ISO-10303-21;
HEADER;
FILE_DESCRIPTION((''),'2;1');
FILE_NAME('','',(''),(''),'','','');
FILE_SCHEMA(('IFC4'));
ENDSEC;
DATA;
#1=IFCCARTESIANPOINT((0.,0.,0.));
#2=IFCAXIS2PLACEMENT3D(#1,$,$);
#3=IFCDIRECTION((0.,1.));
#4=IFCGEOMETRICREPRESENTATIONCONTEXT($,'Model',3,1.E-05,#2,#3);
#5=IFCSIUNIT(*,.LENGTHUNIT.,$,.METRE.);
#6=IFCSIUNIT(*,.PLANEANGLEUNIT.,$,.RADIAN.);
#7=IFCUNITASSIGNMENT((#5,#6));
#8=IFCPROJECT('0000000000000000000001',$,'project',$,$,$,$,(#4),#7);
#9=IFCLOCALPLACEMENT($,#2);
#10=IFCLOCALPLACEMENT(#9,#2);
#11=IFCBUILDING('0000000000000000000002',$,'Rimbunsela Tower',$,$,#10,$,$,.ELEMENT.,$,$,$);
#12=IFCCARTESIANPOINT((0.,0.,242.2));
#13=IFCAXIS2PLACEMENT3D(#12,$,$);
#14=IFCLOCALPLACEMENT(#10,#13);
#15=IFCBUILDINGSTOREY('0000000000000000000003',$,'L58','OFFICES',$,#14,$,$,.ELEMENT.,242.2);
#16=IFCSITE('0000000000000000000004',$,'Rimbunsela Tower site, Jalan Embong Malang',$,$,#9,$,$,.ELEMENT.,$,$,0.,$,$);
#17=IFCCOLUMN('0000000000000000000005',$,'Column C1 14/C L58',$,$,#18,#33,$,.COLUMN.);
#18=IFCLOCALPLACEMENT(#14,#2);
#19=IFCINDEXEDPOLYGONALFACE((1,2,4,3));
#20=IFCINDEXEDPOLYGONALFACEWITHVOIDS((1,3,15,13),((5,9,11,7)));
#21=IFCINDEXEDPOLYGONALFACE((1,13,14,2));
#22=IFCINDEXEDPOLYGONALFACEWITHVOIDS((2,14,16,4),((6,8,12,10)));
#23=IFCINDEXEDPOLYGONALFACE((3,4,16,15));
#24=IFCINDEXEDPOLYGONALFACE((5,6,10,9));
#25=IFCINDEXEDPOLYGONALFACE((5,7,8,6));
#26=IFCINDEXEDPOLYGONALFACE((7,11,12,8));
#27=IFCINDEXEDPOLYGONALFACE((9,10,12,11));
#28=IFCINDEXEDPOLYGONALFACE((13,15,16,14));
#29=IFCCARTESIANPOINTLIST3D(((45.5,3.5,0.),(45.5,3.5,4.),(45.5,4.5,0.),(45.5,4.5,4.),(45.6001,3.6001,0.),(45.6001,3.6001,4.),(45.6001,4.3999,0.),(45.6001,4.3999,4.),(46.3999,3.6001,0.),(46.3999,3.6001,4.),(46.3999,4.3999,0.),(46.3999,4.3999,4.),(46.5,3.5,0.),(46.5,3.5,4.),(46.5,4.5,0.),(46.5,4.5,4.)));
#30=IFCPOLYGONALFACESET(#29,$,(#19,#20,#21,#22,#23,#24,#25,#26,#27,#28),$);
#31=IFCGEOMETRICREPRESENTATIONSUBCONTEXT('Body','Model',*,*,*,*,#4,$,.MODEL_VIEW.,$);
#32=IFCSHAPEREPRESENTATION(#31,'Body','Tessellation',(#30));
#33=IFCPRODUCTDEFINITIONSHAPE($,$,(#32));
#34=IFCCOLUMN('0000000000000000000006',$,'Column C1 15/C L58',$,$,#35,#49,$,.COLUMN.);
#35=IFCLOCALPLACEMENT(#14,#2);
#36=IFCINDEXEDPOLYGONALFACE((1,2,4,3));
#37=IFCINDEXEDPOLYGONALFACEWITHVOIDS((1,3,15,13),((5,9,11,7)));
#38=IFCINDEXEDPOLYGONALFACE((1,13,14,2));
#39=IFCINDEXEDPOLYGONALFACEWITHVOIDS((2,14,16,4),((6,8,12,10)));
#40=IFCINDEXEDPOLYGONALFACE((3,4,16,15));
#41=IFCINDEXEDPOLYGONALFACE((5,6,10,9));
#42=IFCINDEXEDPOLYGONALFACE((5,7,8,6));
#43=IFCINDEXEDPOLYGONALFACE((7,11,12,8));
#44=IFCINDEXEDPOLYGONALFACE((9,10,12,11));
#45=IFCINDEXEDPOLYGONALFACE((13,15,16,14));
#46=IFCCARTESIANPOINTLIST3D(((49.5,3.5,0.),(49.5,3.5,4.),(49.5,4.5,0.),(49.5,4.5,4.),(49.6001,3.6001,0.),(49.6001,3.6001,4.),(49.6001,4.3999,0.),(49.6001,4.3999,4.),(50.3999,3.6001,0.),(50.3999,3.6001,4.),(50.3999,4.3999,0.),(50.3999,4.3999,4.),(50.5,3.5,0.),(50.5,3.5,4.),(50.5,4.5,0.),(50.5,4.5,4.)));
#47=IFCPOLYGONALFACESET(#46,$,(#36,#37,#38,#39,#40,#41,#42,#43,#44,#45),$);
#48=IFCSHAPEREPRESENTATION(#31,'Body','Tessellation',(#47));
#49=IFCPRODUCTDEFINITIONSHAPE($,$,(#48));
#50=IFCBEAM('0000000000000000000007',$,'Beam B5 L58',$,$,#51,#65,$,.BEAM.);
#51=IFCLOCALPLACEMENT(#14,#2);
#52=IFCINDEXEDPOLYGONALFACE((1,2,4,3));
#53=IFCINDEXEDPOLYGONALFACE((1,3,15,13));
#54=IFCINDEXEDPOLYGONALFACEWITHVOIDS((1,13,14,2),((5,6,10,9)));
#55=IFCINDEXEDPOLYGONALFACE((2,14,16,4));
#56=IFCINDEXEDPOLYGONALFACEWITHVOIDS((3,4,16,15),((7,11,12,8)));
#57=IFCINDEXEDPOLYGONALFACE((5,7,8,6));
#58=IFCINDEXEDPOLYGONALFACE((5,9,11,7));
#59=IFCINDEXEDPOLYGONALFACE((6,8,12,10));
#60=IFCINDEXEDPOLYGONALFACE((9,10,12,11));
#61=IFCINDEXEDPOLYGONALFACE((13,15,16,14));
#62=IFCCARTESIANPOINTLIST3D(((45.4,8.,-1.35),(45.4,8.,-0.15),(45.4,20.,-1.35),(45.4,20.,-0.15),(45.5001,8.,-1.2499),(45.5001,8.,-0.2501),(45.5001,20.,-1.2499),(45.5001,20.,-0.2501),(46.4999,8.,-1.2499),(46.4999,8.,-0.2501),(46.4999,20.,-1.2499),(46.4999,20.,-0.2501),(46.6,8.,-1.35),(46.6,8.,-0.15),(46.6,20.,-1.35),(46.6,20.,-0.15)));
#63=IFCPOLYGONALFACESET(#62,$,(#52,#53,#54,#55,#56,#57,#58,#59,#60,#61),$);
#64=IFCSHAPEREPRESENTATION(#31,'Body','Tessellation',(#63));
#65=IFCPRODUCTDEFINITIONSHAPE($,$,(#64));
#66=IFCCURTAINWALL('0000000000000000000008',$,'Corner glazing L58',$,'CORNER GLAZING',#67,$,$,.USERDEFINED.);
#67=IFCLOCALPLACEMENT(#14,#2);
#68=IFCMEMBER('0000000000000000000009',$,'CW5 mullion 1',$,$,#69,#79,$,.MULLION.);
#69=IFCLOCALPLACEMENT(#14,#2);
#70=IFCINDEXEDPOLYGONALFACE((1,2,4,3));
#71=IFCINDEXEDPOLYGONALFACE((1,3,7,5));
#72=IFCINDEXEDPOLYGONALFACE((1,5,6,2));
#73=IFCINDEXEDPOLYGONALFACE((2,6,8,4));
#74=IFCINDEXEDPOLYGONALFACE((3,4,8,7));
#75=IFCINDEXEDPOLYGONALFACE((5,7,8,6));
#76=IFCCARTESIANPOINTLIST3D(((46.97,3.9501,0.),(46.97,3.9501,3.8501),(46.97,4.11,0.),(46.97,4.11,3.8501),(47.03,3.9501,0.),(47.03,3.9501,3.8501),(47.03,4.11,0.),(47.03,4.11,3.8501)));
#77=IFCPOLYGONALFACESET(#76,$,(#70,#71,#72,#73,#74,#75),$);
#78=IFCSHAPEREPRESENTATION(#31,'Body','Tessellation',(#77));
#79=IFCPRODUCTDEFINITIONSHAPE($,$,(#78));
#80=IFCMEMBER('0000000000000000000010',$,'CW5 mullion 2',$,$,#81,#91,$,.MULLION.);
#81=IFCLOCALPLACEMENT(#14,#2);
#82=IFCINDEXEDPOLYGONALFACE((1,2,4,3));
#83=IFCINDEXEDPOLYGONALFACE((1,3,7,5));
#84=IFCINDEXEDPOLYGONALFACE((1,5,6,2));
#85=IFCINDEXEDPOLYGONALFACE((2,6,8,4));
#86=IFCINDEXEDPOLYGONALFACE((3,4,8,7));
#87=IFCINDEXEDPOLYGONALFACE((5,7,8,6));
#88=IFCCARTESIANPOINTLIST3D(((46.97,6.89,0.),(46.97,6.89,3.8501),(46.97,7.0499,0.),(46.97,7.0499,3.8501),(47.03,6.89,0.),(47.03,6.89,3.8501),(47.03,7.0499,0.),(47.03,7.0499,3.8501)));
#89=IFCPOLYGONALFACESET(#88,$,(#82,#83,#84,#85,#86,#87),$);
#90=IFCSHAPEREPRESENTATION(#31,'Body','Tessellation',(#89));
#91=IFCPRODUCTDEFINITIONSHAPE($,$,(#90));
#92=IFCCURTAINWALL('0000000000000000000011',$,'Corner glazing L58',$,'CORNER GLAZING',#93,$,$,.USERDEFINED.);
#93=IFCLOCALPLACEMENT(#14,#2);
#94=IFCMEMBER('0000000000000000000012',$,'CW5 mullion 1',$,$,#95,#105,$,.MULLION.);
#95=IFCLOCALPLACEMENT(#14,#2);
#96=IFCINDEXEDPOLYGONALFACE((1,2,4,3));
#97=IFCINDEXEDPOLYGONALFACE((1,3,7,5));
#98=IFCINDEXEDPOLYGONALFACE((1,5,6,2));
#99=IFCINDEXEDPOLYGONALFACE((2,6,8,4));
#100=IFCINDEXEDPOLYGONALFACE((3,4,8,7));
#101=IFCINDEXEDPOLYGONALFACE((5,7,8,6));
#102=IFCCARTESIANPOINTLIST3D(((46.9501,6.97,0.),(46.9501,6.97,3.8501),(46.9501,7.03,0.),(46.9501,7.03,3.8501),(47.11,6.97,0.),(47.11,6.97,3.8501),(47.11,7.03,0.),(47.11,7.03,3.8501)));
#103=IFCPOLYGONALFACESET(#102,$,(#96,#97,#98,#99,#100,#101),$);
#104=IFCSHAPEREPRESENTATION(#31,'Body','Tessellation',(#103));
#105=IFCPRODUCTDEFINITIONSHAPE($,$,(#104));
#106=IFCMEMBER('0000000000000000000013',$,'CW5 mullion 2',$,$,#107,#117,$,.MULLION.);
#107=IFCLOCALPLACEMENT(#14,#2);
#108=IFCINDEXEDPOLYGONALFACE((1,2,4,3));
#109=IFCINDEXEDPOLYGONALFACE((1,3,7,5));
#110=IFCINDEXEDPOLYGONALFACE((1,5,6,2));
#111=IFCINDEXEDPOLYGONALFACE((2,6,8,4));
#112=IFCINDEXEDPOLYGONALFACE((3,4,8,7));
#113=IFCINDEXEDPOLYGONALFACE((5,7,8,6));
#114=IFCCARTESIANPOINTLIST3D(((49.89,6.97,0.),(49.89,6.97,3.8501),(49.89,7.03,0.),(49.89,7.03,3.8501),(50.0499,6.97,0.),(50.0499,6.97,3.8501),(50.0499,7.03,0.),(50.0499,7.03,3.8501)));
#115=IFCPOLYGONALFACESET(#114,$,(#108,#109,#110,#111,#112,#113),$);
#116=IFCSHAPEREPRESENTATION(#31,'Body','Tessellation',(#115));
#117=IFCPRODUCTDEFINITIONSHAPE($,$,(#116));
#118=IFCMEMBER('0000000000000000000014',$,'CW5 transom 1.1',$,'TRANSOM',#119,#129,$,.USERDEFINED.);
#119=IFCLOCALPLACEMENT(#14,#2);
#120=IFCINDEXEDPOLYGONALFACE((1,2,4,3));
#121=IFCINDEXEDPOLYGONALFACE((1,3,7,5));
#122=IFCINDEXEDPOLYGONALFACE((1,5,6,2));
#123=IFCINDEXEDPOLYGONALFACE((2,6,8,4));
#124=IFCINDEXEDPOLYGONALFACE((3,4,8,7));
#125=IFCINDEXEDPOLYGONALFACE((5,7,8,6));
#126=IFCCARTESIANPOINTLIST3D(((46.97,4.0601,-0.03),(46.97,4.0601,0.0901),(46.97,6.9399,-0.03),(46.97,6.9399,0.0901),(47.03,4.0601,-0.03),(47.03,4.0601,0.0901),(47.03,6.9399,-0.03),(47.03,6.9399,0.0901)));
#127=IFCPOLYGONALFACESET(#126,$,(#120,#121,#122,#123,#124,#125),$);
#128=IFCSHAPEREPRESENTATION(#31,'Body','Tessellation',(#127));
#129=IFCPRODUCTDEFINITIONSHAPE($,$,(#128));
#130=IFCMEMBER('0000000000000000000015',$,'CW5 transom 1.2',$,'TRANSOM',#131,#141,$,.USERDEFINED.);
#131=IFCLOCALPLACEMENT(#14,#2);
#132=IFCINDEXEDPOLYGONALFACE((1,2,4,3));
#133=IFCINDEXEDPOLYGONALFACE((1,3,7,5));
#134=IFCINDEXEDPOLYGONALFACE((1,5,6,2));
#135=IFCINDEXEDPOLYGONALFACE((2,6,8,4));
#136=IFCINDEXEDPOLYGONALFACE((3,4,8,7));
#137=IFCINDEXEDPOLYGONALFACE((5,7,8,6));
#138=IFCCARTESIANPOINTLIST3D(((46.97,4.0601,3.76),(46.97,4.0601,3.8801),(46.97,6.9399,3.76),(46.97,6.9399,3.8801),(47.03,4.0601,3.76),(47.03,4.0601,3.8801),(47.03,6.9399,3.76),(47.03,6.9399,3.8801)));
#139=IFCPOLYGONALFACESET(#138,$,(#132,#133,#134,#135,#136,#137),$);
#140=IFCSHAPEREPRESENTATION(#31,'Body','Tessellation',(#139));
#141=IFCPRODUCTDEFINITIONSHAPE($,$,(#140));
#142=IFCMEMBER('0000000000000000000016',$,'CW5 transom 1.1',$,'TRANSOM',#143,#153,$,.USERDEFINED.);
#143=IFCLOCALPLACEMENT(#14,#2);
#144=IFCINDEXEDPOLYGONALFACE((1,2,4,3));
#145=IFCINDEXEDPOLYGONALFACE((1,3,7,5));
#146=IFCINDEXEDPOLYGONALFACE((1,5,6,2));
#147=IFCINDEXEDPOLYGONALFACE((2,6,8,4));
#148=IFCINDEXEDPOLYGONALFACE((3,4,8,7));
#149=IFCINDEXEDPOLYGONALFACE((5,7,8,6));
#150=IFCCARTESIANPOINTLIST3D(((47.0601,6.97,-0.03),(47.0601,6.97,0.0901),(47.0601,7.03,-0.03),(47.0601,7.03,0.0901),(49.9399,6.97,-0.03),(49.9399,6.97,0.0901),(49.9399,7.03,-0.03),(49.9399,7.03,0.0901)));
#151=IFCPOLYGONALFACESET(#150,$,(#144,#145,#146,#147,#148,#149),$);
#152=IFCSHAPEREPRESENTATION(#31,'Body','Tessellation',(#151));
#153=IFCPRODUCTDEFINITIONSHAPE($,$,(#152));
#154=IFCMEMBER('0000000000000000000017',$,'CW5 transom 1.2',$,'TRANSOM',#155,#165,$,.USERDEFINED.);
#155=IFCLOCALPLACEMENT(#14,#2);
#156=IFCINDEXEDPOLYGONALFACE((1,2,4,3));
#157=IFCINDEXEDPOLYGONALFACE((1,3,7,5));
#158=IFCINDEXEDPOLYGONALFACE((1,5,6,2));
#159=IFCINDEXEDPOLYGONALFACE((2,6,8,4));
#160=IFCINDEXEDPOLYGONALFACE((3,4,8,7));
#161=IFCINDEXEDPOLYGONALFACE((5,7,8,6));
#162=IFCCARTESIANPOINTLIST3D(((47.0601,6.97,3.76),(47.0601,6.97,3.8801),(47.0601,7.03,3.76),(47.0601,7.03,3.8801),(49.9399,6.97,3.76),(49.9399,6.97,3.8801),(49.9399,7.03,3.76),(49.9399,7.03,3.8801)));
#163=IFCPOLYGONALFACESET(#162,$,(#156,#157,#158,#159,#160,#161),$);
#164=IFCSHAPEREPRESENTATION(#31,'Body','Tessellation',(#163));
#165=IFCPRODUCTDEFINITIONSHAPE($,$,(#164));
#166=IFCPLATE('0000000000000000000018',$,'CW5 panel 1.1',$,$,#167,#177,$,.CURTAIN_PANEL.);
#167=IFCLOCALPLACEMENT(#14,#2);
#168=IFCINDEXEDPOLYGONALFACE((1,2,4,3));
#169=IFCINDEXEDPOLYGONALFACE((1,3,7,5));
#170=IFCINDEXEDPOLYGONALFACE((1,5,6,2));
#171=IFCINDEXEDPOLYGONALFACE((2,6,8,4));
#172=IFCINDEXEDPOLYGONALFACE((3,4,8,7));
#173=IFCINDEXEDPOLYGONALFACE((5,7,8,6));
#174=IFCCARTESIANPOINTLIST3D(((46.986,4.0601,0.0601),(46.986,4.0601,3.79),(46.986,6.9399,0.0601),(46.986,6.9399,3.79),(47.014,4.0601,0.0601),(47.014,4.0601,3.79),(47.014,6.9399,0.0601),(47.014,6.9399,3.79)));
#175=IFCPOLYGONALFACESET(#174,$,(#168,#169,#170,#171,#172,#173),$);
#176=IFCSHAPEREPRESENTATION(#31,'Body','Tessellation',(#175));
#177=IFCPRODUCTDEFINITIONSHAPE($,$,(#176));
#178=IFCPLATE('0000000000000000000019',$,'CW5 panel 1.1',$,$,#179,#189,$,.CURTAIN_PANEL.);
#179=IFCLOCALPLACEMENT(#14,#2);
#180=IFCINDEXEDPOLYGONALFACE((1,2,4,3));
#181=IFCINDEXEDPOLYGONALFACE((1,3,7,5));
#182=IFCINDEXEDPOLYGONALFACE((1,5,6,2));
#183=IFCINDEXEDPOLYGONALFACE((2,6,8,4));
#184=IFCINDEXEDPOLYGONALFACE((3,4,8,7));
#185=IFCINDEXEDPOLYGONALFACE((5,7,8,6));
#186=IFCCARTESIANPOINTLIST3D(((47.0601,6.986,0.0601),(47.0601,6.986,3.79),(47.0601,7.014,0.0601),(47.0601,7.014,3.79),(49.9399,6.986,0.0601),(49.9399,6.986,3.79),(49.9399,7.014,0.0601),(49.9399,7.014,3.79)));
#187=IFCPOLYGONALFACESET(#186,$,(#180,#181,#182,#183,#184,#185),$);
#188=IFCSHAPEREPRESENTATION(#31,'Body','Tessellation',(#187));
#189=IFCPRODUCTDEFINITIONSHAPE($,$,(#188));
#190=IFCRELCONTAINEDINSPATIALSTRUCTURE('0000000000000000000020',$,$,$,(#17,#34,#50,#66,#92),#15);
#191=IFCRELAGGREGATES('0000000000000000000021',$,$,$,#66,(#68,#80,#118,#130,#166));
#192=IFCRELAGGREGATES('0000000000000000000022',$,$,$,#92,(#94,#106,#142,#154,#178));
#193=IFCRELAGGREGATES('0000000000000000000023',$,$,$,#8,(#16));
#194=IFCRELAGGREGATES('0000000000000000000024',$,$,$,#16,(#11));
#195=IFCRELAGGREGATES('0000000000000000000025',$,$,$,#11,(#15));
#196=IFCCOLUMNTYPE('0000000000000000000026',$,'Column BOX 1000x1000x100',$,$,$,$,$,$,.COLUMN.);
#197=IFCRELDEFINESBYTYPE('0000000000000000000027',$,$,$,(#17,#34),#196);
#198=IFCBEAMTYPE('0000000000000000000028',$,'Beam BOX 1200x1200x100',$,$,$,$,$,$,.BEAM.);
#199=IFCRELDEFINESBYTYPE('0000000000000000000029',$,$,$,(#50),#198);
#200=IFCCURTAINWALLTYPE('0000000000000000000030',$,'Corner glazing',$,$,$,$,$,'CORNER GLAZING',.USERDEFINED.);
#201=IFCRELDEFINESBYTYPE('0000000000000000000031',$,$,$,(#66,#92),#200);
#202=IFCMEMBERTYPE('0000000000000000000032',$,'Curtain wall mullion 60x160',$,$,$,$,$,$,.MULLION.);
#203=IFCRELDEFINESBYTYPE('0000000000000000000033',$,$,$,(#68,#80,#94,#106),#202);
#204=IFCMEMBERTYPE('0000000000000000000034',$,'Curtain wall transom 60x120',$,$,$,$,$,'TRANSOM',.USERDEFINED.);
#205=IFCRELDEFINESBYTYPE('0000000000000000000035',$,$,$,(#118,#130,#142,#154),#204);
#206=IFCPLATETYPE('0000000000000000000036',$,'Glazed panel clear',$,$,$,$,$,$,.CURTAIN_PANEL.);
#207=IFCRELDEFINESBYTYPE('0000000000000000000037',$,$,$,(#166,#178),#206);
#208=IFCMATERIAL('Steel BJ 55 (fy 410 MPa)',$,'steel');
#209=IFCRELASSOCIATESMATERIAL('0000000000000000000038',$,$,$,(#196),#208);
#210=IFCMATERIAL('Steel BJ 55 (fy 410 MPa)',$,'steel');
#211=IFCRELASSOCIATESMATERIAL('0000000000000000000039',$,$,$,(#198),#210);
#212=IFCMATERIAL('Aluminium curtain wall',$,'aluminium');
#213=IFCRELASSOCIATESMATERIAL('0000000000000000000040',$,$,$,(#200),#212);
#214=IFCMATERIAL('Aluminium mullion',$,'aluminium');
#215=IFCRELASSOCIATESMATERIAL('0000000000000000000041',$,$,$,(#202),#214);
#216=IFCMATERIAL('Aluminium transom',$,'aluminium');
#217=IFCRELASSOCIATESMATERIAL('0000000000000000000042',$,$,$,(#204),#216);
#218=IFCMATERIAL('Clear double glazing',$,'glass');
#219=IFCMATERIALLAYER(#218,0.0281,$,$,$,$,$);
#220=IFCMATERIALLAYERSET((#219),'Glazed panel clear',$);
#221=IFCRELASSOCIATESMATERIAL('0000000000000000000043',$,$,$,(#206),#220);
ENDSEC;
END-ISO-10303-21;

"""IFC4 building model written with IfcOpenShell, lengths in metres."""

from ifc_helpers import new_model, si_unit, direction, frame, origin, origin_2d, place, context, subcontext, project, spatial, rectangle, hollow_rectangle, extrude, material, layer, layer_set, material_profile, profile_set, type_object, element, aggregate, save


model = new_model("IFC4")

# Units and contexts
model_context = context("Model", 3, precision=1e-05, world=origin(), true_north=direction((0.0, 1.0)))
body_context = subcontext(model_context, "Body", "Model", "MODEL_VIEW")
ifc_project = project(units=[si_unit("LENGTHUNIT", "METRE"), si_unit("PLANEANGLEUNIT", "RADIAN")], contexts=[model_context])

# Site, building, storey
site_placement = place(None, origin())
site = spatial("IfcSite", under=ifc_project, at=site_placement, Name="Rimbunsela Tower site, Jalan Embong Malang", CompositionType="ELEMENT", RefElevation=0.0)
building_placement = place(site_placement, origin())
building = spatial("IfcBuilding", under=site, at=building_placement, Name="Rimbunsela Tower", CompositionType="ELEMENT")
storey_placement = place(building_placement, frame((0.0, 0.0, 242.2)))
storey = spatial("IfcBuildingStorey", under=building, at=storey_placement, Name="L58", Description="OFFICES", CompositionType="ELEMENT", Elevation=242.2)

# Columns
ifc_material_1 = material(Name="Steel BJ 55 (fy 410 MPa)", Category="steel")
ifc_material_profile_1 = material_profile(ifc_material_1, hollow_rectangle(XDim=1.0, YDim=1.0, WallThickness=0.1001, at=origin_2d()), Name="BOX 1000x1000x100")
ifc_profile_set_1 = profile_set([ifc_material_profile_1], Name="Steel BJ 55 (fy 410 MPa)")
column_type = type_object("IfcColumnType", Name="Column BOX 1000x1000x100", PredefinedType="COLUMN", material=ifc_profile_set_1)
for number, where, z_axis, x_axis, name in (
    (1, (46.0, 4.0, 0.0), (0.0, 0.0, 1.0), (1.0, 0.0, 0.0), "Column C1 14/C L58"),
    (2, (50.0, 4.0, 0.0), (0.0, 0.0, 1.0), (1.0, 0.0, 0.0), "Column C1 15/C L58"),
):
    element("IfcColumn", number, at=place(storey_placement, frame(where, z_axis=z_axis, x_axis=x_axis)), inside=storey, type_object=column_type, Name=name, PredefinedType="COLUMN", context=body_context, shape_type="SweptSolid", body=[
        extrude(hollow_rectangle(XDim=1.0, YDim=1.0, WallThickness=0.1001, at=origin_2d()), origin(), (0.0, 0.0, 1.0), 4.0),
    ])

# Beam
ifc_material_2 = material(Name="Steel BJ 55 (fy 410 MPa)", Category="steel")
ifc_material_profile_2 = material_profile(ifc_material_2, hollow_rectangle(XDim=1.2, YDim=1.2, WallThickness=0.1001, at=origin_2d()), Name="BOX 1200x1200x100")
ifc_profile_set_2 = profile_set([ifc_material_profile_2], Name="Steel BJ 55 (fy 410 MPa)")
beam_type = type_object("IfcBeamType", Name="Beam BOX 1200x1200x100", PredefinedType="BEAM", material=ifc_profile_set_2)
beam_placement = place(storey_placement, frame((46.0, 8.0, -0.75), z_axis=(0.0, 1.0, 0.0), x_axis=(-1.0, 0.0, 0.0)))
element("IfcBeam", 3, at=beam_placement, inside=storey, type_object=beam_type, Name="Beam B5 L58", PredefinedType="BEAM", context=body_context, shape_type="SweptSolid", body=[
    extrude(hollow_rectangle(XDim=1.2, YDim=1.2, WallThickness=0.1001, at=origin_2d()), origin(), (0.0, 0.0, 1.0), 12.0),
])

# Curtain walls, members
ifc_material_3 = material(Name="Aluminium curtain wall", Category="aluminium")
curtain_wall_type = type_object("IfcCurtainWallType", Name="Corner glazing", ElementType="CORNER GLAZING", PredefinedType="USERDEFINED", material=ifc_material_3)
curtain_wall_1_placement = place(storey_placement, origin())
curtain_wall_1 = element("IfcCurtainWall", 4, at=curtain_wall_1_placement, inside=storey, type_object=curtain_wall_type, Name="Corner glazing L58", ObjectType="CORNER GLAZING", PredefinedType="USERDEFINED")
ifc_material_4 = material(Name="Aluminium mullion", Category="aluminium")
ifc_material_profile_3 = material_profile(ifc_material_4, rectangle(XDim=0.0601, YDim=0.1599, at=origin_2d()), Name="Mullion 60x160")
ifc_profile_set_3 = profile_set([ifc_material_profile_3], Name="Aluminium mullion")
member_type_1 = type_object("IfcMemberType", Name="Curtain wall mullion 60x160", PredefinedType="MULLION", material=ifc_profile_set_3)
member_1_placement = place(storey_placement, frame((47.0, 4.03, 0.0), z_axis=(0.0, 0.0, 1.0), x_axis=(-1.0, 0.0, 0.0)))
member_1 = element("IfcMember", 5, at=member_1_placement, type_object=member_type_1, Name="CW5 mullion 1", PredefinedType="MULLION", context=body_context, shape_type="SweptSolid", body=[
    extrude(rectangle(XDim=0.0601, YDim=0.1599, at=origin_2d()), origin(), (0.0, 0.0, 1.0), 3.8501),
])
member_2_placement = place(storey_placement, frame((47.0, 6.97, 0.0), z_axis=(0.0, 0.0, 1.0), x_axis=(-1.0, 0.0, 0.0)))
member_2 = element("IfcMember", 6, at=member_2_placement, type_object=member_type_1, Name="CW5 mullion 2", PredefinedType="MULLION", context=body_context, shape_type="SweptSolid", body=[
    extrude(rectangle(XDim=0.0601, YDim=0.1599, at=origin_2d()), origin(), (0.0, 0.0, 1.0), 3.8501),
])
curtain_wall_2_placement = place(storey_placement, origin())
curtain_wall_2 = element("IfcCurtainWall", 7, at=curtain_wall_2_placement, inside=storey, type_object=curtain_wall_type, Name="Corner glazing L58", ObjectType="CORNER GLAZING", PredefinedType="USERDEFINED")
member_3_placement = place(storey_placement, frame((47.03, 7.0, 0.0), z_axis=(0.0, 0.0, 1.0), x_axis=(0.0, 1.0, 0.0)))
member_3 = element("IfcMember", 8, at=member_3_placement, type_object=member_type_1, Name="CW5 mullion 1", PredefinedType="MULLION", context=body_context, shape_type="SweptSolid", body=[
    extrude(rectangle(XDim=0.0601, YDim=0.1599, at=origin_2d()), origin(), (0.0, 0.0, 1.0), 3.8501),
])
member_4_placement = place(storey_placement, frame((49.97, 7.0, 0.0), z_axis=(0.0, 0.0, 1.0), x_axis=(0.0, 1.0, 0.0)))
member_4 = element("IfcMember", 9, at=member_4_placement, type_object=member_type_1, Name="CW5 mullion 2", PredefinedType="MULLION", context=body_context, shape_type="SweptSolid", body=[
    extrude(rectangle(XDim=0.0601, YDim=0.1599, at=origin_2d()), origin(), (0.0, 0.0, 1.0), 3.8501),
])

# Members
ifc_material_5 = material(Name="Aluminium transom", Category="aluminium")
ifc_material_profile_4 = material_profile(ifc_material_5, rectangle(XDim=0.0601, YDim=0.1201, at=origin_2d()), Name="Transom 60x120")
ifc_profile_set_4 = profile_set([ifc_material_profile_4], Name="Aluminium transom")
member_type_2 = type_object("IfcMemberType", Name="Curtain wall transom 60x120", ElementType="TRANSOM", PredefinedType="USERDEFINED", material=ifc_profile_set_4)
member_5_placement = place(storey_placement, frame((47.0, 4.0601, 0.03), z_axis=(0.0, 1.0, 0.0), x_axis=(-1.0, 0.0, 0.0)))
member_5 = element("IfcMember", 10, at=member_5_placement, type_object=member_type_2, Name="CW5 transom 1.1", ObjectType="TRANSOM", PredefinedType="USERDEFINED", context=body_context, shape_type="SweptSolid", body=[
    extrude(rectangle(XDim=0.0601, YDim=0.1201, at=origin_2d()), origin(), (0.0, 0.0, 1.0), 2.8799),
])
member_6_placement = place(storey_placement, frame((47.0, 4.0601, 3.8201), z_axis=(0.0, 1.0, 0.0), x_axis=(-1.0, 0.0, 0.0)))
member_6 = element("IfcMember", 11, at=member_6_placement, type_object=member_type_2, Name="CW5 transom 1.2", ObjectType="TRANSOM", PredefinedType="USERDEFINED", context=body_context, shape_type="SweptSolid", body=[
    extrude(rectangle(XDim=0.0601, YDim=0.1201, at=origin_2d()), origin(), (0.0, 0.0, 1.0), 2.8799),
])
member_7_placement = place(storey_placement, frame((47.0601, 7.0, 0.03), z_axis=(1.0, 0.0, 0.0), x_axis=(0.0, 1.0, 0.0)))
member_7 = element("IfcMember", 12, at=member_7_placement, type_object=member_type_2, Name="CW5 transom 1.1", ObjectType="TRANSOM", PredefinedType="USERDEFINED", context=body_context, shape_type="SweptSolid", body=[
    extrude(rectangle(XDim=0.0601, YDim=0.1201, at=origin_2d()), origin(), (0.0, 0.0, 1.0), 2.8799),
])
member_8_placement = place(storey_placement, frame((47.0601, 7.0, 3.8201), z_axis=(1.0, 0.0, 0.0), x_axis=(0.0, 1.0, 0.0)))
member_8 = element("IfcMember", 13, at=member_8_placement, type_object=member_type_2, Name="CW5 transom 1.2", ObjectType="TRANSOM", PredefinedType="USERDEFINED", context=body_context, shape_type="SweptSolid", body=[
    extrude(rectangle(XDim=0.0601, YDim=0.1201, at=origin_2d()), origin(), (0.0, 0.0, 1.0), 2.8799),
])

# Plates
ifc_material_6 = material(Name="Clear double glazing", Category="glass")
ifc_layer_1 = layer(ifc_material_6, 0.0281)
ifc_layer_set_1 = layer_set([ifc_layer_1], Name="Glazed panel clear")
plate_type = type_object("IfcPlateType", Name="Glazed panel clear", PredefinedType="CURTAIN_PANEL", material=ifc_layer_set_1)
plate_1_placement = place(storey_placement, frame((47.0, 5.5, 0.0601), z_axis=(0.0, 0.0, 1.0), x_axis=(0.0, 1.0, 0.0)))
plate_1 = element("IfcPlate", 14, at=plate_1_placement, type_object=plate_type, Name="CW5 panel 1.1", PredefinedType="CURTAIN_PANEL", context=body_context, shape_type="SweptSolid", body=[
    extrude(rectangle(XDim=2.8799, YDim=0.0281, at=origin_2d()), origin(), (0.0, 0.0, 1.0), 3.73),
])
aggregate(curtain_wall_1, [member_1, member_2, member_5, member_6, plate_1])
plate_2_placement = place(storey_placement, frame((48.5, 7.0, 0.0601), z_axis=(0.0, 0.0, 1.0), x_axis=(1.0, 0.0, 0.0)))
plate_2 = element("IfcPlate", 15, at=plate_2_placement, type_object=plate_type, Name="CW5 panel 1.1", PredefinedType="CURTAIN_PANEL", context=body_context, shape_type="SweptSolid", body=[
    extrude(rectangle(XDim=2.8799, YDim=0.0281, at=origin_2d()), origin(), (0.0, 0.0, 1.0), 3.73),
])
aggregate(curtain_wall_2, [member_3, member_4, member_7, member_8, plate_2])

save(model, "model.ifc")
